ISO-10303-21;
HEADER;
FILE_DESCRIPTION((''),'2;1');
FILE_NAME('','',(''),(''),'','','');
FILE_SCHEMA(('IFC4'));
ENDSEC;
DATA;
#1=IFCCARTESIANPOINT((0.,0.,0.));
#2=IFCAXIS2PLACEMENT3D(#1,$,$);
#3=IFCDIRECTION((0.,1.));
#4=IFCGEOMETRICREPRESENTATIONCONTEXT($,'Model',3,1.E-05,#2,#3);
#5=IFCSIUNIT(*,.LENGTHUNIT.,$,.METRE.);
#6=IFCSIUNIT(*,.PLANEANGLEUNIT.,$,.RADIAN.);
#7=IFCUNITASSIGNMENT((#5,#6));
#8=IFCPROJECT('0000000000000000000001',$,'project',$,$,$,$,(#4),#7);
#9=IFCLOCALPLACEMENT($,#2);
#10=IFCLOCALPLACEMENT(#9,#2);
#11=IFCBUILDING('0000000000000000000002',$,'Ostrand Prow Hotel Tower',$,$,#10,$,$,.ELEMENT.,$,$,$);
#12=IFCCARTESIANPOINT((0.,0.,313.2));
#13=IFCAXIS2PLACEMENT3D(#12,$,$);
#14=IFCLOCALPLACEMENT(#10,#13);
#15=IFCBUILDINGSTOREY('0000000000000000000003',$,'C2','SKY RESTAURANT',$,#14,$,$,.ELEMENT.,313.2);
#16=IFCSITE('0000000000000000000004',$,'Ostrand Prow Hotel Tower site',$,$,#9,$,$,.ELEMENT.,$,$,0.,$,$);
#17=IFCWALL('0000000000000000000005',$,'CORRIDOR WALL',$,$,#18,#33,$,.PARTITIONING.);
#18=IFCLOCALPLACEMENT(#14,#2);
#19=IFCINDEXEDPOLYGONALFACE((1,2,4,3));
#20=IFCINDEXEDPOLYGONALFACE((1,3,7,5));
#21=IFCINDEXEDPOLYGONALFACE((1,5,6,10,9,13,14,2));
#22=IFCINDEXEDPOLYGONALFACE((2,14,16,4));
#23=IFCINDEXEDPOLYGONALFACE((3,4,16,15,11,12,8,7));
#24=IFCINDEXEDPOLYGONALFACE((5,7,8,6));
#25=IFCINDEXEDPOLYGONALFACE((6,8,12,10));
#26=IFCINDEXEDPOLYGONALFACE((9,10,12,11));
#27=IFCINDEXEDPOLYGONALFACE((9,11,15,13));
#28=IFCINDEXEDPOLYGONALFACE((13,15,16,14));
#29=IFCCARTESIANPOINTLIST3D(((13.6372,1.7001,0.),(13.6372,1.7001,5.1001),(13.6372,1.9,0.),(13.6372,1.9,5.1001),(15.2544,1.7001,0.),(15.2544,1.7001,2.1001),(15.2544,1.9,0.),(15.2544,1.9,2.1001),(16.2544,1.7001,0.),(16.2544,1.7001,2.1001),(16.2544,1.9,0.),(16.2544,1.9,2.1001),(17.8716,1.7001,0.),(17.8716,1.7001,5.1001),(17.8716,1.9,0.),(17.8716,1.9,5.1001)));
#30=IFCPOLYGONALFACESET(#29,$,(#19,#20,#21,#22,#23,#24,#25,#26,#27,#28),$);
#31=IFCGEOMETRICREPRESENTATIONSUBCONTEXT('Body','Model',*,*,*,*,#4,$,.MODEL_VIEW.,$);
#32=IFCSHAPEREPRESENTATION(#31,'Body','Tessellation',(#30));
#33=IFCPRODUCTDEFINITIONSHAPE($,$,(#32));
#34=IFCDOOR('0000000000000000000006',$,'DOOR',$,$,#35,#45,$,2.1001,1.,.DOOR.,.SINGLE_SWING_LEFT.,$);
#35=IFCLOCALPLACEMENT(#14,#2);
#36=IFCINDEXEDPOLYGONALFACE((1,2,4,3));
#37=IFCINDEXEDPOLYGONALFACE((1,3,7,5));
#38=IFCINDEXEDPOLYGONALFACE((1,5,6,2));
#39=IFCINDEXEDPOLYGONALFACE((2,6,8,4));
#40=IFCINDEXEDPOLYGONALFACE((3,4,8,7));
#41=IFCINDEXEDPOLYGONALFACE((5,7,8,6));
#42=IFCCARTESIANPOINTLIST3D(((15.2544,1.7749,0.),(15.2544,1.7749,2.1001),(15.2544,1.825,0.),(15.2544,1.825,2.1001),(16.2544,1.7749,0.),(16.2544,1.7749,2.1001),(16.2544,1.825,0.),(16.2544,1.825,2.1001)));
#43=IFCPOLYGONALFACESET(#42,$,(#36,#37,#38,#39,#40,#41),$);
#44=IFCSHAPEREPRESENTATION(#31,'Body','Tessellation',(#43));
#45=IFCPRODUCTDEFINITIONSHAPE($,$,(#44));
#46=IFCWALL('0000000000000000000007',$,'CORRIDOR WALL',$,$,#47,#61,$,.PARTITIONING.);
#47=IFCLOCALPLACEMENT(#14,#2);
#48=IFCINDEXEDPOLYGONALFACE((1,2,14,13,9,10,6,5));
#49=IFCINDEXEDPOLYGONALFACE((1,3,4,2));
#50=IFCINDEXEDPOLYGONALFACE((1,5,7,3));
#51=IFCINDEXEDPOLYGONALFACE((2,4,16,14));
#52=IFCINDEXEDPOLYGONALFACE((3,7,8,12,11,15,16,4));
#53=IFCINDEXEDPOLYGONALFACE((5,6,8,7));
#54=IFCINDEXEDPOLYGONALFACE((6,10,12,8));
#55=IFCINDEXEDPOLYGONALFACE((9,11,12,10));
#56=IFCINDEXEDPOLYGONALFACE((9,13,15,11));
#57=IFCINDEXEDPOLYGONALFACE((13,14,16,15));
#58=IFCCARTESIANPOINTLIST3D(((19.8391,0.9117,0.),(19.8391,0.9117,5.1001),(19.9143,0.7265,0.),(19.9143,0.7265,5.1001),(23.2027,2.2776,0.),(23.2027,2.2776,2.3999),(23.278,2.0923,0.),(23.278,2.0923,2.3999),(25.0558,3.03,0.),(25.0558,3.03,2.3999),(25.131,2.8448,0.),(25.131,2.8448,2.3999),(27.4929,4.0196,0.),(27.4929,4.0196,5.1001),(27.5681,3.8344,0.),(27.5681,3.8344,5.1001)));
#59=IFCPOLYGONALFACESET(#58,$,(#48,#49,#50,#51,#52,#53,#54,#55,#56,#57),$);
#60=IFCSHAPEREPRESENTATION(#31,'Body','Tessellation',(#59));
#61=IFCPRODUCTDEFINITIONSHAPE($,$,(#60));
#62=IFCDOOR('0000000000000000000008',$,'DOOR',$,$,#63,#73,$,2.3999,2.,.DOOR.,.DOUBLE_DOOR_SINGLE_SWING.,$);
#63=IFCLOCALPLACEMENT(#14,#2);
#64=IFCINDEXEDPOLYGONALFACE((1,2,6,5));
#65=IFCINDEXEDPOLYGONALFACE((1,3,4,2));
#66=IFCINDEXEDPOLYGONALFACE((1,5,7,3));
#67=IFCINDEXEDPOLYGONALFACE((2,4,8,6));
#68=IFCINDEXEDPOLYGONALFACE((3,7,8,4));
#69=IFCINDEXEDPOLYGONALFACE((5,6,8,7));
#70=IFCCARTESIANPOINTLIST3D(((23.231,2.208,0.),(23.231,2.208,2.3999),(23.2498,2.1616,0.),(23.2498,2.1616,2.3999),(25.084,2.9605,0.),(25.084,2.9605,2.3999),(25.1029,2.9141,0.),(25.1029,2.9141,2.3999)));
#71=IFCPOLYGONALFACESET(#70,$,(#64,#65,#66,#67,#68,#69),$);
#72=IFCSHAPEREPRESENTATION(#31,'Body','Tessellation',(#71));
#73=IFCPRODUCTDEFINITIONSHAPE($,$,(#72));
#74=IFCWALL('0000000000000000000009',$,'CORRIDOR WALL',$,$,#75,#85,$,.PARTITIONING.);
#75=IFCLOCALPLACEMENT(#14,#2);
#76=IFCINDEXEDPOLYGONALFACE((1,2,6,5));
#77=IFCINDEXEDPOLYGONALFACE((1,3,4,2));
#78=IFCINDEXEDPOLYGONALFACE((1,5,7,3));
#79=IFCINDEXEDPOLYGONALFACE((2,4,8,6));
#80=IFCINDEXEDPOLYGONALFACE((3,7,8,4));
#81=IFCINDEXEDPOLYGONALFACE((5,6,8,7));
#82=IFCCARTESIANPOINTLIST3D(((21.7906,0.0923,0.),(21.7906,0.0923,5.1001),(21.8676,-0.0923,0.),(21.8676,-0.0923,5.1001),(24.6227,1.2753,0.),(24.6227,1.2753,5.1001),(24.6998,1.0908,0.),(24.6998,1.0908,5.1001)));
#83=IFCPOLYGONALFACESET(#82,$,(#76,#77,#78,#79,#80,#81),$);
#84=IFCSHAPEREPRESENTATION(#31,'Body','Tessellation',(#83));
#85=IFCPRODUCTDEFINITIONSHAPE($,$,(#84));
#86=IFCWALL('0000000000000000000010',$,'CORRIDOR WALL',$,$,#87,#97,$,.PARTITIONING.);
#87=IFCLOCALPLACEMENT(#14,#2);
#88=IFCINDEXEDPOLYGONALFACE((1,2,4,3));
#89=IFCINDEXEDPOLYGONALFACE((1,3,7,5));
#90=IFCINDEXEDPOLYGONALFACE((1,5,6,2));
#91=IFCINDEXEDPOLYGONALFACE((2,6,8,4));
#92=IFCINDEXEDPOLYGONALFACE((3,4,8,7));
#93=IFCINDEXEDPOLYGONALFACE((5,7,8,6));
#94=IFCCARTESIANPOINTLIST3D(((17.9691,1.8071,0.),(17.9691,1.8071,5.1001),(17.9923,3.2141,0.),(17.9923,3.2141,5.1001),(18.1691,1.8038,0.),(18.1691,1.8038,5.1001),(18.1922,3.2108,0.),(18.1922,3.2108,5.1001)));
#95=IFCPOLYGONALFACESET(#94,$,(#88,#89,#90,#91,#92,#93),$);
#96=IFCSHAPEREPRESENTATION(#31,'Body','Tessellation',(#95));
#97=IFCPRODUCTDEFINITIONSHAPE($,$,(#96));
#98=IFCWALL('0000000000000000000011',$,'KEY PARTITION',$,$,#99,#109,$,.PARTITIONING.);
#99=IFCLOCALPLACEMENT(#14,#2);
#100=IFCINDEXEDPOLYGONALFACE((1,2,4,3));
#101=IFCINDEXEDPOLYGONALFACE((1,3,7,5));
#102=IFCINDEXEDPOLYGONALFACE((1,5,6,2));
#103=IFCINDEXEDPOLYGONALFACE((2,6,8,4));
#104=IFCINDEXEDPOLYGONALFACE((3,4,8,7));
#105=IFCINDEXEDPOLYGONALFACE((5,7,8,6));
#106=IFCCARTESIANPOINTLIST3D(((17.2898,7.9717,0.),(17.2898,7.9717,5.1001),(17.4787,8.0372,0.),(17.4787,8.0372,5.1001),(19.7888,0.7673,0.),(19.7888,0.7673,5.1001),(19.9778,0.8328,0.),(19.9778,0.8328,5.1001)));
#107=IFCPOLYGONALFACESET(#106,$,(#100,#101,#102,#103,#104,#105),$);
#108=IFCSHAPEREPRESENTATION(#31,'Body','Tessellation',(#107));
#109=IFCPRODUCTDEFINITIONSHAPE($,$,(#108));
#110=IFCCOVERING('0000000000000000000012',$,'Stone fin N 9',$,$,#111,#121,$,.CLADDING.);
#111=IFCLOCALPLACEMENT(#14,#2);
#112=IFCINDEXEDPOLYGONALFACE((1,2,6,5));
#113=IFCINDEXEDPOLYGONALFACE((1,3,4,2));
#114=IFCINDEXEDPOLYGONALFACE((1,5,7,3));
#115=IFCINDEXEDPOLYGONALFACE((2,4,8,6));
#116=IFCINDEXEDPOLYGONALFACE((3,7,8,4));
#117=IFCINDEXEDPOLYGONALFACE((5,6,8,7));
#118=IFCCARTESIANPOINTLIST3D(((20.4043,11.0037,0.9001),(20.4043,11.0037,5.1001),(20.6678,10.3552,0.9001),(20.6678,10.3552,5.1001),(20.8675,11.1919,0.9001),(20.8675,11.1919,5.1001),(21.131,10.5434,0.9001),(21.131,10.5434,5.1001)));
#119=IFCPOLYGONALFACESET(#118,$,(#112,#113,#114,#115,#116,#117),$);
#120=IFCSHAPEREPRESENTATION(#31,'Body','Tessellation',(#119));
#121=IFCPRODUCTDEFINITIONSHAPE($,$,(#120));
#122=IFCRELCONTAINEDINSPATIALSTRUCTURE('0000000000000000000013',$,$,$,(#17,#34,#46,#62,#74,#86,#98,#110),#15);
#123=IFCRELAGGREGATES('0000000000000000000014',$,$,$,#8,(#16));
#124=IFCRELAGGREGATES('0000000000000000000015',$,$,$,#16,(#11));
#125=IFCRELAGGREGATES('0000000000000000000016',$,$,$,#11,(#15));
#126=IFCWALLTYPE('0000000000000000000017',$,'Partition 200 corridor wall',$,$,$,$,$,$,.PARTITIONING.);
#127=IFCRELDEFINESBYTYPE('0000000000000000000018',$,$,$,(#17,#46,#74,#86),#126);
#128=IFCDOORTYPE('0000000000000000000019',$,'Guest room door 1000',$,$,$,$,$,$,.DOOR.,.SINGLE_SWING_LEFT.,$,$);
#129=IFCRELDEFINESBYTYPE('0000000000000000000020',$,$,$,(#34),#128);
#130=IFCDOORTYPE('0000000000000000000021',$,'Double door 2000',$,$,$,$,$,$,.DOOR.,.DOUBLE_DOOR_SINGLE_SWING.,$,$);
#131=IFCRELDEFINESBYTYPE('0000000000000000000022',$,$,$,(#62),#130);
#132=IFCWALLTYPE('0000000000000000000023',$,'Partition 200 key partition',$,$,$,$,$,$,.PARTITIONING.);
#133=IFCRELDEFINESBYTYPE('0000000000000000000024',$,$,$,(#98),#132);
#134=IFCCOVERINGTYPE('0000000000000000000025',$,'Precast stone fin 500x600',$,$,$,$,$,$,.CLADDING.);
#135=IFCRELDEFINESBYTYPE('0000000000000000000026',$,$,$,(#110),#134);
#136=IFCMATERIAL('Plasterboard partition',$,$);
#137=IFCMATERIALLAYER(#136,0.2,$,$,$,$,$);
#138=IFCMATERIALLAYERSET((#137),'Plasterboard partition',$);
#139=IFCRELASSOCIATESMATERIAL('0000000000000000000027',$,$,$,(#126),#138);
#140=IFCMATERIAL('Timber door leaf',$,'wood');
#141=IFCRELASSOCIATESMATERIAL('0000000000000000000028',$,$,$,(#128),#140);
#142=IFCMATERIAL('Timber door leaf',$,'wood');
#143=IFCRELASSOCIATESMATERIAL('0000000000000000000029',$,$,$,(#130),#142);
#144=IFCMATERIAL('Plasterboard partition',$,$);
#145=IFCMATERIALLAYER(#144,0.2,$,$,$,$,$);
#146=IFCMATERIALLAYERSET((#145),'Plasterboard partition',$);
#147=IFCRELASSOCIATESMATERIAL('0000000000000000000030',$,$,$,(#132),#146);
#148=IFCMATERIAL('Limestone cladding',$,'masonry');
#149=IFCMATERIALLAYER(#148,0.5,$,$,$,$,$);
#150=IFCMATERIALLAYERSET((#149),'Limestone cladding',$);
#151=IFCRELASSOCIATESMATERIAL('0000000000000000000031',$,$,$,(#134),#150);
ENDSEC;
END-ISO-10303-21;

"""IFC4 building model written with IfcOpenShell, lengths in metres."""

from ifc_helpers import new_model, si_unit, direction, frame, frame_2d, origin, place, context, subcontext, project, spatial, rectangle, extrude, material, layer, layer_set, type_object, element, fill, save


model = new_model("IFC4")

# Units and contexts
model_context = context("Model", 3, precision=1e-05, world=origin(), true_north=direction((0.0, 1.0)))
body_context = subcontext(model_context, "Body", "Model", "MODEL_VIEW")
ifc_project = project(units=[si_unit("LENGTHUNIT", "METRE"), si_unit("PLANEANGLEUNIT", "RADIAN")], contexts=[model_context])

# Site, building, storey
site_placement = place(None, origin())
site = spatial("IfcSite", under=ifc_project, at=site_placement, Name="Ostrand Prow Hotel Tower site", CompositionType="ELEMENT", RefElevation=0.0)
building_placement = place(site_placement, origin())
building = spatial("IfcBuilding", under=site, at=building_placement, Name="Ostrand Prow Hotel Tower", CompositionType="ELEMENT")
storey_placement = place(building_placement, frame((0.0, 0.0, 313.2)))
storey = spatial("IfcBuildingStorey", under=building, at=storey_placement, Name="C2", Description="SKY RESTAURANT", CompositionType="ELEMENT", Elevation=313.2)

# Walls, openings, doors
ifc_material_1 = material(Name="Plasterboard partition")
ifc_layer_1 = layer(ifc_material_1, 0.2)
ifc_layer_set_1 = layer_set([ifc_layer_1], Name="Plasterboard partition")
wall_type_1 = type_object("IfcWallType", Name="Partition 200 corridor wall", PredefinedType="PARTITIONING", material=ifc_layer_set_1)
wall_1_placement = place(storey_placement, frame((13.6372, 1.8, 0.0), z_axis=(0.0, 0.0, 1.0), x_axis=(1.0, 0.0, 0.0)))
wall_1 = element("IfcWall", 1, at=wall_1_placement, inside=storey, type_object=wall_type_1, Name="CORRIDOR WALL", PredefinedType="PARTITIONING", context=body_context, shape_type="SweptSolid", body=[
    extrude(rectangle(XDim=4.2344, YDim=0.2, at=frame_2d((2.1172, 0.0))), origin(), (0.0, 0.0, 1.0), 5.1001),
])
opening_1_placement = place(wall_1_placement, frame((1.6172, 0.0, 0.0)))
opening_1 = element("IfcOpeningElement", 2, at=opening_1_placement, cuts=wall_1, PredefinedType="OPENING", context=body_context, shape_type="SweptSolid", body=[
    extrude(rectangle(XDim=1.0, YDim=2.1001, at=frame_2d((0.5, 1.05))), frame((0.0, 0.1099, 0.0), z_axis=(0.0, -1.0, 0.0), x_axis=(1.0, 0.0, 0.0)), (0.0, 0.0, 1.0), 0.22),
])
ifc_material_2 = material(Name="Timber door leaf", Category="wood")
door_type_1 = type_object("IfcDoorType", Name="Guest room door 1000", OperationType="SINGLE_SWING_LEFT", PredefinedType="DOOR", material=ifc_material_2)
door_1_placement = place(opening_1_placement, origin())
door_1 = element("IfcDoor", 3, at=door_1_placement, inside=storey, type_object=door_type_1, Name="DOOR", OperationType="SINGLE_SWING_LEFT", OverallHeight=2.1001, OverallWidth=1.0, PredefinedType="DOOR", context=body_context, shape_type="SweptSolid", body=[
    extrude(rectangle(XDim=1.0, YDim=2.1001, at=frame_2d((0.5, 1.05))), frame((0.0, 0.0249, 0.0), z_axis=(0.0, -1.0, 0.0), x_axis=(1.0, 0.0, 0.0)), (0.0, 0.0, 1.0), 0.05),
])
fill(opening_1, door_1)
wall_2_placement = place(storey_placement, frame((19.8767, 0.8191, 0.0), z_axis=(0.0, 0.0, 1.0), x_axis=(0.926528, 0.376226, 0.0)))
wall_2 = element("IfcWall", 4, at=wall_2_placement, inside=storey, type_object=wall_type_1, Name="CORRIDOR WALL", PredefinedType="PARTITIONING", context=body_context, shape_type="SweptSolid", body=[
    extrude(rectangle(XDim=8.2607, YDim=0.2, at=frame_2d((4.1304, 0.0))), origin(), (0.0, 0.0, 1.0), 5.1001),
])
opening_2_placement = place(wall_2_placement, frame((3.6304, 0.0, 0.0)))
opening_2 = element("IfcOpeningElement", 5, at=opening_2_placement, cuts=wall_2, PredefinedType="OPENING", context=body_context, shape_type="SweptSolid", body=[
    extrude(rectangle(XDim=2.0, YDim=2.3999, at=frame_2d((1.0, 1.2))), frame((0.0, 0.1099, 0.0), z_axis=(0.0, -1.0, 0.0), x_axis=(1.0, 0.0, 0.0)), (0.0, 0.0, 1.0), 0.22),
])
ifc_material_3 = material(Name="Timber door leaf", Category="wood")
door_type_2 = type_object("IfcDoorType", Name="Double door 2000", OperationType="DOUBLE_DOOR_SINGLE_SWING", PredefinedType="DOOR", material=ifc_material_3)
door_2_placement = place(opening_2_placement, origin())
door_2 = element("IfcDoor", 6, at=door_2_placement, inside=storey, type_object=door_type_2, Name="DOOR", OperationType="DOUBLE_DOOR_SINGLE_SWING", OverallHeight=2.3999, OverallWidth=2.0, PredefinedType="DOOR", context=body_context, shape_type="SweptSolid", body=[
    extrude(rectangle(XDim=2.0, YDim=2.3999, at=frame_2d((1.0, 1.2))), frame((0.0, 0.0249, 0.0), z_axis=(0.0, -1.0, 0.0), x_axis=(1.0, 0.0, 0.0)), (0.0, 0.0, 1.0), 0.05),
])
fill(opening_2, door_2)

# Walls
wall_3_placement = place(storey_placement, frame((21.8291, 0.0, 0.0), z_axis=(0.0, 0.0, 1.0), x_axis=(0.922731, 0.385445, 0.0)))
element("IfcWall", 7, at=wall_3_placement, inside=storey, type_object=wall_type_1, Name="CORRIDOR WALL", PredefinedType="PARTITIONING", context=body_context, shape_type="SweptSolid", body=[
    extrude(rectangle(XDim=3.0693, YDim=0.2, at=frame_2d((1.5347, 0.0))), origin(), (0.0, 0.0, 1.0), 5.1001),
])
wall_4_placement = place(storey_placement, frame((18.0691, 1.8054, 0.0), z_axis=(0.0, 0.0, 1.0), x_axis=(0.016482, 0.999864, 0.0)))
element("IfcWall", 8, at=wall_4_placement, inside=storey, type_object=wall_type_1, Name="CORRIDOR WALL", PredefinedType="PARTITIONING", context=body_context, shape_type="SweptSolid", body=[
    extrude(rectangle(XDim=1.4072, YDim=0.2, at=frame_2d((0.7036, 0.0))), origin(), (0.0, 0.0, 1.0), 5.1001),
])
ifc_material_4 = material(Name="Plasterboard partition")
ifc_layer_2 = layer(ifc_material_4, 0.2)
ifc_layer_set_2 = layer_set([ifc_layer_2], Name="Plasterboard partition")
wall_type_2 = type_object("IfcWallType", Name="Partition 200 key partition", PredefinedType="PARTITIONING", material=ifc_layer_set_2)
wall_5_placement = place(storey_placement, frame((19.8833, 0.8, 0.0), z_axis=(0.0, 0.0, 1.0), x_axis=(-0.327721, 0.944775, 0.0)))
element("IfcWall", 9, at=wall_5_placement, inside=storey, type_object=wall_type_2, Name="KEY PARTITION", PredefinedType="PARTITIONING", context=body_context, shape_type="SweptSolid", body=[
    extrude(rectangle(XDim=7.6255, YDim=0.2, at=frame_2d((3.8127, 0.0))), origin(), (0.0, 0.0, 1.0), 5.1001),
])

# Covering
ifc_material_5 = material(Name="Limestone cladding", Category="masonry")
ifc_layer_3 = layer(ifc_material_5, 0.5)
ifc_layer_set_3 = layer_set([ifc_layer_3], Name="Limestone cladding")
covering_type = type_object("IfcCoveringType", Name="Precast stone fin 500x600", PredefinedType="CLADDING", material=ifc_layer_set_3)
covering_placement = place(storey_placement, frame((20.8994, 10.4492, 0.9001), z_axis=(0.0, 0.0, 1.0), x_axis=(-0.376377, 0.926467, 0.0)))
element("IfcCovering", 10, at=covering_placement, inside=storey, type_object=covering_type, Name="Stone fin N 9", PredefinedType="CLADDING", context=body_context, shape_type="SweptSolid", body=[
    extrude(rectangle(XDim=0.7, YDim=0.5, at=frame_2d((0.3501, 0.0))), origin(), (0.0, 0.0, 1.0), 4.2),
])

save(model, "model.ifc")
